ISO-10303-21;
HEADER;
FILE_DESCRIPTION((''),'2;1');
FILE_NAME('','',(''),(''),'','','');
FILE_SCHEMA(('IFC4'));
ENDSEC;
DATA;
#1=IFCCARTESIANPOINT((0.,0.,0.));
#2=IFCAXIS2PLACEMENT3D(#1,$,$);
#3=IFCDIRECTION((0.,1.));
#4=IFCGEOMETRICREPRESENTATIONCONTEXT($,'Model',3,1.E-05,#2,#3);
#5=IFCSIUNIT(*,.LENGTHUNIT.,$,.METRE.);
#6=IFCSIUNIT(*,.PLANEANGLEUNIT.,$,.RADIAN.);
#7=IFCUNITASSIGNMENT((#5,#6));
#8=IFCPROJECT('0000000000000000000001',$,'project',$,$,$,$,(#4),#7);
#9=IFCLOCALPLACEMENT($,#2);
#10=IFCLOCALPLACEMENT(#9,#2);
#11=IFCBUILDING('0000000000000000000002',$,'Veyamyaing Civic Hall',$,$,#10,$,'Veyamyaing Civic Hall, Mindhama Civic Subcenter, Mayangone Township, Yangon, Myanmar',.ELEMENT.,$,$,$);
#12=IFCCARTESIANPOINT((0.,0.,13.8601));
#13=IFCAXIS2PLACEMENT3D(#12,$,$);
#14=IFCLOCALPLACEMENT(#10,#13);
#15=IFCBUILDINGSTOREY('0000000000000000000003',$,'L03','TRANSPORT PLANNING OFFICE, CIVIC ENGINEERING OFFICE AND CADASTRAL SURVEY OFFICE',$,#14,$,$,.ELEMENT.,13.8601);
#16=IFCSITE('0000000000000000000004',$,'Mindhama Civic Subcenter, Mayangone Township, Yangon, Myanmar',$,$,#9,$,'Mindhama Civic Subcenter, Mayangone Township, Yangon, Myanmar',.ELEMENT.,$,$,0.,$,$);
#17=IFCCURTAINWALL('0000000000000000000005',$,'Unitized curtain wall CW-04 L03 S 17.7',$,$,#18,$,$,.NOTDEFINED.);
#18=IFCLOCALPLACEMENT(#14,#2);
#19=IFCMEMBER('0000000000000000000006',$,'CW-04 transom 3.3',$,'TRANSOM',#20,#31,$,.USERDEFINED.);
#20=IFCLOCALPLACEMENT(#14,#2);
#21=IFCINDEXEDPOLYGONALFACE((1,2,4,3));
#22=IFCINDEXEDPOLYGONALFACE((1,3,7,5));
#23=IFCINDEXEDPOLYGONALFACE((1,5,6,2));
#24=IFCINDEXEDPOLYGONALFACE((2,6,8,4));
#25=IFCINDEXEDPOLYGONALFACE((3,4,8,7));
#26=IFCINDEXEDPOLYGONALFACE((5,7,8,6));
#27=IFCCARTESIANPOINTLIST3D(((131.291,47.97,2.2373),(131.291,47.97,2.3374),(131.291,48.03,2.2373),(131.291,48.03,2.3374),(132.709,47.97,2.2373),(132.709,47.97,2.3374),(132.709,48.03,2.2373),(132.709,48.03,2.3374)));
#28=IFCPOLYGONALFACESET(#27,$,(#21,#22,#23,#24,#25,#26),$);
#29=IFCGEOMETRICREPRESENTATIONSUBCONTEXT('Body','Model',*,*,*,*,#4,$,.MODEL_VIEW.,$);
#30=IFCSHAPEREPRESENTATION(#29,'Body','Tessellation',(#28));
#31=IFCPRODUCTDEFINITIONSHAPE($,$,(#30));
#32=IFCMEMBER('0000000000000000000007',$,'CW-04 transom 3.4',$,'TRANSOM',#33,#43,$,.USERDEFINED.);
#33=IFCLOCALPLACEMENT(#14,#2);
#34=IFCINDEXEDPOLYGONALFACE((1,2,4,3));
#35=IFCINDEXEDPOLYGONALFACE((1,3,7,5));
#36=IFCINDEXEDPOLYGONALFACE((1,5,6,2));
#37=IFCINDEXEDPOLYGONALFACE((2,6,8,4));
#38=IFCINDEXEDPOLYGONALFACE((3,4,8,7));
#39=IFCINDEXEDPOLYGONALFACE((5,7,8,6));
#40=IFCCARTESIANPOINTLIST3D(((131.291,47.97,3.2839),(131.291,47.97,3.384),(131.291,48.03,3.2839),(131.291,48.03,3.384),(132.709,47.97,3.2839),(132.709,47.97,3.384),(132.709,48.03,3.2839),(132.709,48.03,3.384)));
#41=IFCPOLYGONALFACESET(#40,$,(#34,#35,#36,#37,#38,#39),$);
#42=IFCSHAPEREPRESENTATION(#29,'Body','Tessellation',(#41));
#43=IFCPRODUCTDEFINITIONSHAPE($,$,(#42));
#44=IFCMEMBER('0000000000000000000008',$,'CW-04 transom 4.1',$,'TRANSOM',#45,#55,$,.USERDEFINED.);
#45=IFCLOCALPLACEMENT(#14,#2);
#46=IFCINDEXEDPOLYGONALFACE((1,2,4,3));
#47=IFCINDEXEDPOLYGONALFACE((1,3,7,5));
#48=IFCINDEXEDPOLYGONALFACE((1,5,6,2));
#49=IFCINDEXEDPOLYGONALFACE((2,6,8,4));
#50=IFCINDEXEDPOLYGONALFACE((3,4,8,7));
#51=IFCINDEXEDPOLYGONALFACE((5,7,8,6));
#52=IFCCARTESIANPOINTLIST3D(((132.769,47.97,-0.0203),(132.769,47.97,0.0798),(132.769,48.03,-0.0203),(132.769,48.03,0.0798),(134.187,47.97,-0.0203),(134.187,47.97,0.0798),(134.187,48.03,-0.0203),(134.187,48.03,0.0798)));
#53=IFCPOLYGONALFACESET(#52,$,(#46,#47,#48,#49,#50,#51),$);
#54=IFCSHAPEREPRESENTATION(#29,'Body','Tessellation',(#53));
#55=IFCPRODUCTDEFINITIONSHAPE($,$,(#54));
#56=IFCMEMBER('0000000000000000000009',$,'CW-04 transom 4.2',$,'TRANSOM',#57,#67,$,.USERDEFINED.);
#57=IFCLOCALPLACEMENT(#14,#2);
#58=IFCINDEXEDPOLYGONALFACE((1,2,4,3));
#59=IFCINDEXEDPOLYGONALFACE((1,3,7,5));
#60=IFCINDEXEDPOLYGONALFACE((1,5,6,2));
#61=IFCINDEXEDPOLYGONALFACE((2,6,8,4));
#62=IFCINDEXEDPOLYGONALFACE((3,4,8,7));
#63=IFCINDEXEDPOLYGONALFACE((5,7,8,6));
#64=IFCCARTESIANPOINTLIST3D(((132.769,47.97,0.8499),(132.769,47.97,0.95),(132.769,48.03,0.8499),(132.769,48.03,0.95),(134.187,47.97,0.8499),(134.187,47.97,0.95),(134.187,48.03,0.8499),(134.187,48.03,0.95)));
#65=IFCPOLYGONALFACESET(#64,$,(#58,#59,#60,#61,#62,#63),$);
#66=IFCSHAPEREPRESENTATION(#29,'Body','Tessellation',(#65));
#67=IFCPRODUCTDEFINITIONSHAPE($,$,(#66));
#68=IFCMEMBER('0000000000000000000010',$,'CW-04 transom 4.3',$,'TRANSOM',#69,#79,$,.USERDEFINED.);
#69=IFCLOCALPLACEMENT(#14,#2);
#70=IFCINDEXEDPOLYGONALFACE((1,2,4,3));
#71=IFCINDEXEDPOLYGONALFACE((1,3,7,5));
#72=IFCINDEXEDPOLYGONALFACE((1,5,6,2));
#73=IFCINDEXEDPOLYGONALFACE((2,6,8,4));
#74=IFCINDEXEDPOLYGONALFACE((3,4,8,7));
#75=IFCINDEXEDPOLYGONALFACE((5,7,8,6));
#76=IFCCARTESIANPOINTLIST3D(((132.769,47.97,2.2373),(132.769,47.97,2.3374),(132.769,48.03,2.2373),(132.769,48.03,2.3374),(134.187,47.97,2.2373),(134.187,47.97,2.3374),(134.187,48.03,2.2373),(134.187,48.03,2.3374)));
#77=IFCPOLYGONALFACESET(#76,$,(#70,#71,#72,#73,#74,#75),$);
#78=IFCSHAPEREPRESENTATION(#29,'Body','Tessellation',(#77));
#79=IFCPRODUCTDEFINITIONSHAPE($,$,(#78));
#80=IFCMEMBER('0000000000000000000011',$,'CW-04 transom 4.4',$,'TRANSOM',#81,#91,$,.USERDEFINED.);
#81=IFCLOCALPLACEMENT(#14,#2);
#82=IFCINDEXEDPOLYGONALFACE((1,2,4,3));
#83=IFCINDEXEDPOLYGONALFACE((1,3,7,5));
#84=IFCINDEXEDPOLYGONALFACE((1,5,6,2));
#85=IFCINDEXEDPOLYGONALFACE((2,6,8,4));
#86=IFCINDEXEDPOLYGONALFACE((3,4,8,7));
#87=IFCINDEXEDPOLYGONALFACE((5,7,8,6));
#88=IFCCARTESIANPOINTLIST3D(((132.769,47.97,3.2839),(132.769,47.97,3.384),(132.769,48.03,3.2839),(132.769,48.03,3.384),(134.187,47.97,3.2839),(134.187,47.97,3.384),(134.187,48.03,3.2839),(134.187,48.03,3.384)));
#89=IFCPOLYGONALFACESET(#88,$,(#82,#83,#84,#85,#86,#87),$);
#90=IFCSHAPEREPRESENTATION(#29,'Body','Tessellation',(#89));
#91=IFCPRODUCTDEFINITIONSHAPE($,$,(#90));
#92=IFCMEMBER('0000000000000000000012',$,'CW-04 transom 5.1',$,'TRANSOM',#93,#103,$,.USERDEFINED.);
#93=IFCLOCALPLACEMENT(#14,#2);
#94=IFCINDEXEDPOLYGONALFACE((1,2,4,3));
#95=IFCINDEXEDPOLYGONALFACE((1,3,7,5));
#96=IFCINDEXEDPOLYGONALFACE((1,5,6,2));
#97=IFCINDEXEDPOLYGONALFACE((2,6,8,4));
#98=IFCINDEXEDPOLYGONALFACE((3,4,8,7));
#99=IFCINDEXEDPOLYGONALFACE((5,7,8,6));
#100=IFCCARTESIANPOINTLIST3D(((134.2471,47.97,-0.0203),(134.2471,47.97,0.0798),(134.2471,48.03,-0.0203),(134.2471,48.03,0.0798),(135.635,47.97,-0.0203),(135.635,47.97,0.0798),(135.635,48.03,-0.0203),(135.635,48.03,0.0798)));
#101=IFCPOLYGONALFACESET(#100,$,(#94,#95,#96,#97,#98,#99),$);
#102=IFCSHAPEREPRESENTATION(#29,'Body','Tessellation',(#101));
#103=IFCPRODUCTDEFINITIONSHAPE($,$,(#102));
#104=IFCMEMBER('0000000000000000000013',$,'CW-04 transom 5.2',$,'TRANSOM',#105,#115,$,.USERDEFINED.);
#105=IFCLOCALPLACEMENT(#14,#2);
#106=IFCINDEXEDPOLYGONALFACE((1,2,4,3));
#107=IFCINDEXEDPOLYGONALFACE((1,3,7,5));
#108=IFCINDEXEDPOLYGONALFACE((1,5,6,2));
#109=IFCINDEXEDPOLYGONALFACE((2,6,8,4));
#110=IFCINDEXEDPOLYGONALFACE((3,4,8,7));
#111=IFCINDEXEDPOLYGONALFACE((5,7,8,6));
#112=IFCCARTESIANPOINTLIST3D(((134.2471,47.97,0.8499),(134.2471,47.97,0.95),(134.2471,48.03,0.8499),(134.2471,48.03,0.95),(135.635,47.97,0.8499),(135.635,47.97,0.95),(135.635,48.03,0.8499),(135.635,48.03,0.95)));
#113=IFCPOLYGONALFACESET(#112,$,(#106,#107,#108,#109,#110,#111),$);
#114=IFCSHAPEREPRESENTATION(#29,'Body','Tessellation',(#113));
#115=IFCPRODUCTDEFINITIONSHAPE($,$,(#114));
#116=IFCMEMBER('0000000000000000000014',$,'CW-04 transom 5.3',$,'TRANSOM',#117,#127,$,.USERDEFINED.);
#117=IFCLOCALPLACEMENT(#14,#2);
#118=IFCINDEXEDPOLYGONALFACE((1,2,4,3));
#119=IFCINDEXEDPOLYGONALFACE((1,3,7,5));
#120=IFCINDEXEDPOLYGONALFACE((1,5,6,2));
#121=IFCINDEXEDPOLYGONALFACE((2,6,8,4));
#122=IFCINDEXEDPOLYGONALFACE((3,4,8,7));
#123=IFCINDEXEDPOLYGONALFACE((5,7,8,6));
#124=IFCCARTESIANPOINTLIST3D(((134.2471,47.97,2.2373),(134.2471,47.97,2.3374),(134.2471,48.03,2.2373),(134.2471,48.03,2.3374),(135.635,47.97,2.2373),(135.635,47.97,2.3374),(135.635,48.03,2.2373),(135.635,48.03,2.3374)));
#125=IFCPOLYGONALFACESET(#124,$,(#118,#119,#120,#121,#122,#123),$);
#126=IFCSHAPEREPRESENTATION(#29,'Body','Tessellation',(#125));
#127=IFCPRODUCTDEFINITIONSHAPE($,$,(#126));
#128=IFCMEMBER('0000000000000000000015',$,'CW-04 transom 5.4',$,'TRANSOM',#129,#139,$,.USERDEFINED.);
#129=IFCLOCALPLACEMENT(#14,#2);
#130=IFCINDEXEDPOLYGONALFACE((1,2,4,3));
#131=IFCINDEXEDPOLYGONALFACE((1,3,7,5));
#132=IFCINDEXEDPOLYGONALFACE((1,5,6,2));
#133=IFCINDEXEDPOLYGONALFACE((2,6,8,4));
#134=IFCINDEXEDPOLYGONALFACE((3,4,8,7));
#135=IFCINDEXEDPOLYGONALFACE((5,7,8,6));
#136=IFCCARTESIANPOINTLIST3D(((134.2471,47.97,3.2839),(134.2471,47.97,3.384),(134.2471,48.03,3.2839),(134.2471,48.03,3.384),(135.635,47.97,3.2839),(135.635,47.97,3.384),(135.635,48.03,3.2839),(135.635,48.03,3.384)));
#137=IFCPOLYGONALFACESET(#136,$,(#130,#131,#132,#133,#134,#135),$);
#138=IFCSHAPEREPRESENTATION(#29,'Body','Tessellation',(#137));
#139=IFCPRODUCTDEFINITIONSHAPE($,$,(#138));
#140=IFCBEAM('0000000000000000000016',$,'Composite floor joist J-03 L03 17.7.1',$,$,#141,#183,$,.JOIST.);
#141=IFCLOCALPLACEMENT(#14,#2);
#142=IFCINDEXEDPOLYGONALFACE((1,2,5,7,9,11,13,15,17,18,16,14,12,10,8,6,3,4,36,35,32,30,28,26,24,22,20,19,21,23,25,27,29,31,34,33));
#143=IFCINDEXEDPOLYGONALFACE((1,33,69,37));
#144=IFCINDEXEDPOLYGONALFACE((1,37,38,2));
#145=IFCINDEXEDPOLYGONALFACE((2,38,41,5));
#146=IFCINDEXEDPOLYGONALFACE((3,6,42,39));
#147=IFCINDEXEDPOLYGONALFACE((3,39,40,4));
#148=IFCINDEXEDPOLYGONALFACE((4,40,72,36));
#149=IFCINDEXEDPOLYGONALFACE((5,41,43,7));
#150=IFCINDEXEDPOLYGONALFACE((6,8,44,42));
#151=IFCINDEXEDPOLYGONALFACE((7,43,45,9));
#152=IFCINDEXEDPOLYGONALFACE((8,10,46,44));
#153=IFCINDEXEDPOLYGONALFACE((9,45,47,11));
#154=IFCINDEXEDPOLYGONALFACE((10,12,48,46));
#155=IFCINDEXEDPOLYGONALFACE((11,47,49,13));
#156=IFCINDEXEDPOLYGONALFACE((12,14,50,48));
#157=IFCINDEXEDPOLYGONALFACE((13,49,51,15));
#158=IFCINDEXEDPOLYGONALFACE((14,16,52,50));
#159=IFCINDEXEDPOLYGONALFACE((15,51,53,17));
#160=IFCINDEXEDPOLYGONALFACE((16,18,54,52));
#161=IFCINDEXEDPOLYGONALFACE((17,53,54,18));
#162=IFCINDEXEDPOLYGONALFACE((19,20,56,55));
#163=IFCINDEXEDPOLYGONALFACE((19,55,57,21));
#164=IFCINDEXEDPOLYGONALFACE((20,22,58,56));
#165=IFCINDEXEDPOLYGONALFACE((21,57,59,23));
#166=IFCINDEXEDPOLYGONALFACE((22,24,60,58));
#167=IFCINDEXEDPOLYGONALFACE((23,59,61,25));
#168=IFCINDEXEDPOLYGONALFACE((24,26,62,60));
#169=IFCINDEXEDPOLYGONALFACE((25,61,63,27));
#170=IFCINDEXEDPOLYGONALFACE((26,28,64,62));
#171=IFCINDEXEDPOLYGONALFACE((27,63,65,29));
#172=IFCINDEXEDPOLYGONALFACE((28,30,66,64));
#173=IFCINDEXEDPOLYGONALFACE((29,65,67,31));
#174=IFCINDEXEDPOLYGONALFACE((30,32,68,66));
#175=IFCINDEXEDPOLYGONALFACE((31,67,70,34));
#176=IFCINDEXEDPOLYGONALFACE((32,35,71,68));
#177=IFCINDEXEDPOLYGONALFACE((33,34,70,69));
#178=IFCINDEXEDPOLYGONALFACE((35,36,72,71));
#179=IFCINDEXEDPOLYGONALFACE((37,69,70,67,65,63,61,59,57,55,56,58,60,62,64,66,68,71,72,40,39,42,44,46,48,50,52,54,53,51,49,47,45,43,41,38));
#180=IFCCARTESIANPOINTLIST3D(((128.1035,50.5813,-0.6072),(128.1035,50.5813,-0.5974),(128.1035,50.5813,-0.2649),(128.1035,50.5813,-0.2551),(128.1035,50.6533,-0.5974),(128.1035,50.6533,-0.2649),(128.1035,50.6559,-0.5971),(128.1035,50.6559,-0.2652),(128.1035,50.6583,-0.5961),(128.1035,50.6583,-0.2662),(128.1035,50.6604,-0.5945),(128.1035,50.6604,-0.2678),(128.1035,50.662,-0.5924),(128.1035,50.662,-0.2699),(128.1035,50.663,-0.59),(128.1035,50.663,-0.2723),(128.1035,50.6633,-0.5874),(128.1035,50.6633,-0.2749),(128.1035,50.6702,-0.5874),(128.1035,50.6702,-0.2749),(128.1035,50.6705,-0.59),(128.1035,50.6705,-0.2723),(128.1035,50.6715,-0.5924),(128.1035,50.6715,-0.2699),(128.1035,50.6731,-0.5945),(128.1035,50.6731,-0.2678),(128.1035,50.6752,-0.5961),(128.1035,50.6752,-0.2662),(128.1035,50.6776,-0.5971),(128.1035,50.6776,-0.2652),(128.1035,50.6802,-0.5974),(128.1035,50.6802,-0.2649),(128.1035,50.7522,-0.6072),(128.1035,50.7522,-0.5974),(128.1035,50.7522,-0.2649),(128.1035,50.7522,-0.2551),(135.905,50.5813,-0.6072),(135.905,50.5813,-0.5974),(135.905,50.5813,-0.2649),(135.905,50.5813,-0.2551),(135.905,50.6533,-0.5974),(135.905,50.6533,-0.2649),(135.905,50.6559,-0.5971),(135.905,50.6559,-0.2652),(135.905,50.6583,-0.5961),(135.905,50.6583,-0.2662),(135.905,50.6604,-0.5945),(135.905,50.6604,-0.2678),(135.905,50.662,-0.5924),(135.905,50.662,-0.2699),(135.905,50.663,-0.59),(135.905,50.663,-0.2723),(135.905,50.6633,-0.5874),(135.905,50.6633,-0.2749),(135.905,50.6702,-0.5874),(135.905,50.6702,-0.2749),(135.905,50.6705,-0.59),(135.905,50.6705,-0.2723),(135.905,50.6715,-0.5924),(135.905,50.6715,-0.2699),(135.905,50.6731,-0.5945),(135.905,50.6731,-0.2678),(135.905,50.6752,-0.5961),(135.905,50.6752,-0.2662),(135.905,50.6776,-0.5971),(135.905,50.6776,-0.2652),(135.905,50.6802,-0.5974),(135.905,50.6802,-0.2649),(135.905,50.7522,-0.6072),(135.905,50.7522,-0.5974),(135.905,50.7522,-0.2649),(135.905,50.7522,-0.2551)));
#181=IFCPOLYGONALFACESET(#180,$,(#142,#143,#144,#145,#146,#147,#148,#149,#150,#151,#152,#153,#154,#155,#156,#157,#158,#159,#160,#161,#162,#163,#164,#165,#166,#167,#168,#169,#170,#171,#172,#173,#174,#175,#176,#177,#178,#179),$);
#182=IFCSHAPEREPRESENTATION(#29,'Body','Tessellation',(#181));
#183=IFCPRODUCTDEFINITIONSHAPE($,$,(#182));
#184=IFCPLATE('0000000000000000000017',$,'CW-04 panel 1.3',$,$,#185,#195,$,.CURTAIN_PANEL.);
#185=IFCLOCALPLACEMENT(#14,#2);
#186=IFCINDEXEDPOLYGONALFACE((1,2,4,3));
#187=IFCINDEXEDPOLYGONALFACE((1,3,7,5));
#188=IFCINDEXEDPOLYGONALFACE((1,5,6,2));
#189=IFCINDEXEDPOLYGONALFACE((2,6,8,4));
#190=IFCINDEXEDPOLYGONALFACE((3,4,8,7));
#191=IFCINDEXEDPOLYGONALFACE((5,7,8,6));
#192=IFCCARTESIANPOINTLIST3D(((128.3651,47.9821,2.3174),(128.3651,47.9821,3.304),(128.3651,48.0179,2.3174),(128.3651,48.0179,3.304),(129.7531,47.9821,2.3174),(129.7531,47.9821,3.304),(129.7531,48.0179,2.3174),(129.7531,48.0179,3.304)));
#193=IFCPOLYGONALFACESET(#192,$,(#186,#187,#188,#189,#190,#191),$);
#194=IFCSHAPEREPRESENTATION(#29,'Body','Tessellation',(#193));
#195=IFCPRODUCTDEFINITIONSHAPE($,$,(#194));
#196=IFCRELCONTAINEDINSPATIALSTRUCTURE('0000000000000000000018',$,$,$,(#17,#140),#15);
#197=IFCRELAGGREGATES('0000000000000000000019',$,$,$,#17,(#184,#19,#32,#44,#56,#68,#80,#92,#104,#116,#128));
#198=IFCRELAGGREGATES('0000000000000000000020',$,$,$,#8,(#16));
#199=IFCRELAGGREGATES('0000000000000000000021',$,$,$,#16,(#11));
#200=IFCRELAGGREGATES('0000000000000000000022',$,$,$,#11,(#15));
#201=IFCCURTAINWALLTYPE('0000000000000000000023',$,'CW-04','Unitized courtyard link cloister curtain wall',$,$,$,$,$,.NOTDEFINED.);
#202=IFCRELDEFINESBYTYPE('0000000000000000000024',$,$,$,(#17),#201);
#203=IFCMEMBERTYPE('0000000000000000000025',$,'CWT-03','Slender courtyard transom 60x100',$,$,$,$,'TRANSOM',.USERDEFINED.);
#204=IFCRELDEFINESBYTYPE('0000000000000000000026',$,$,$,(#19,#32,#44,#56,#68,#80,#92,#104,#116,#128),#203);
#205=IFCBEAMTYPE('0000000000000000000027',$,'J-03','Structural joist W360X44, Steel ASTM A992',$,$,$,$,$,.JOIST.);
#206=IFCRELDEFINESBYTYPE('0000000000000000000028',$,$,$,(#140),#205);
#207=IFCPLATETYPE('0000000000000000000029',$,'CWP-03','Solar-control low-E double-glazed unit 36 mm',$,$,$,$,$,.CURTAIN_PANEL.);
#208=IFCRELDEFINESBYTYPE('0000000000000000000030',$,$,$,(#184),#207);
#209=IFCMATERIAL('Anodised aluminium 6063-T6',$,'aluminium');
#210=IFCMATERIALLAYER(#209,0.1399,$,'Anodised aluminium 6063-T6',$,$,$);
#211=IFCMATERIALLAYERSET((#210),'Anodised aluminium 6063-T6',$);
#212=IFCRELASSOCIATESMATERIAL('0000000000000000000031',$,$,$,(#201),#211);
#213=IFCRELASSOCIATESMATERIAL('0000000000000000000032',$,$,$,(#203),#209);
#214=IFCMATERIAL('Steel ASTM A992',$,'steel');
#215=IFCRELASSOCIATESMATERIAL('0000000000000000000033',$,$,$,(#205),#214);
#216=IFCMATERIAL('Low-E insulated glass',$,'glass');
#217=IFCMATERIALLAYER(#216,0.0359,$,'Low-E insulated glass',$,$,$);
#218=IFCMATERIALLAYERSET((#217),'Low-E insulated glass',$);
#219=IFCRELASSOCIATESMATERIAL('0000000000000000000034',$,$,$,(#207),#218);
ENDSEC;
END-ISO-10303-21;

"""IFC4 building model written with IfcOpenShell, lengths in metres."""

from ifc_helpers import new_model, si_unit, direction, frame, origin, origin_2d, place, context, subcontext, project, spatial, rectangle, i_section, extrude, material, layer, layer_set, material_profile, profile_set, type_object, element, aggregate, save


model = new_model("IFC4")

# Units and contexts
model_context = context("Model", 3, precision=1e-05, world=origin(), true_north=direction((0.0, 1.0)))
body_context = subcontext(model_context, "Body", "Model", "MODEL_VIEW")
ifc_project = project(units=[si_unit("LENGTHUNIT", "METRE"), si_unit("PLANEANGLEUNIT", "RADIAN")], contexts=[model_context])

# Site, building, storey
site_placement = place(None, origin())
site = spatial("IfcSite", under=ifc_project, at=site_placement, Name="Mindhama Civic Subcenter, Mayangone Township, Yangon, Myanmar", LongName="Mindhama Civic Subcenter, Mayangone Township, Yangon, Myanmar", CompositionType="ELEMENT", RefElevation=0.0)
building_placement = place(site_placement, origin())
building = spatial("IfcBuilding", under=site, at=building_placement, Name="Veyamyaing Civic Hall", LongName="Veyamyaing Civic Hall, Mindhama Civic Subcenter, Mayangone Township, Yangon, Myanmar", CompositionType="ELEMENT")
storey_placement = place(building_placement, frame((0.0, 0.0, 13.8601)))
storey = spatial("IfcBuildingStorey", under=building, at=storey_placement, Name="L03", Description="TRANSPORT PLANNING OFFICE, CIVIC ENGINEERING OFFICE AND CADASTRAL SURVEY OFFICE", CompositionType="ELEMENT", Elevation=13.8601)

# Shared definitions
ifc_material_1 = material(Name="Steel ASTM A992", Category="steel")

# Curtain wall, members
ifc_material_2 = material(Name="Anodised aluminium 6063-T6", Category="aluminium")
ifc_layer_1 = layer(ifc_material_2, 0.1399, Name="Anodised aluminium 6063-T6")
ifc_layer_set_1 = layer_set([ifc_layer_1], Name="Anodised aluminium 6063-T6")
curtain_wall_type = type_object("IfcCurtainWallType", Name="CW-04", Description="Unitized courtyard link cloister curtain wall", PredefinedType="NOTDEFINED", material=ifc_layer_set_1)
curtain_wall_placement = place(storey_placement, origin())
curtain_wall = element("IfcCurtainWall", 1, at=curtain_wall_placement, inside=storey, type_object=curtain_wall_type, Name="Unitized curtain wall CW-04 L03 S 17.7", PredefinedType="NOTDEFINED")
ifc_material_profile_1 = material_profile(ifc_material_2, rectangle(XDim=0.0601, YDim=0.1001, at=origin_2d()), Name="ALU-TRN-60X100")
ifc_profile_set_1 = profile_set([ifc_material_profile_1], Name="Anodised aluminium 6063-T6")
member_type_1 = type_object("IfcMemberType", Name="CWT-03", Description="Slender courtyard transom 60x100", ElementType="TRANSOM", PredefinedType="USERDEFINED", material=ifc_profile_set_1)
member_1_placement = place(storey_placement, frame((131.291, 48.0, 2.2874), z_axis=(1.0, 0.0, 0.0), x_axis=(0.0, 1.0, 0.0)))
member_1 = element("IfcMember", 2, at=member_1_placement, type_object=member_type_1, Name="CW-04 transom 3.3", ObjectType="TRANSOM", PredefinedType="USERDEFINED", context=body_context, shape_type="SweptSolid", body=[
    extrude(rectangle(XDim=0.0601, YDim=0.1001, at=origin_2d()), origin(), (0.0, 0.0, 1.0), 1.418),
])
member_2_placement = place(storey_placement, frame((131.291, 48.0, 3.334), z_axis=(1.0, 0.0, 0.0), x_axis=(0.0, 1.0, 0.0)))
member_2 = element("IfcMember", 3, at=member_2_placement, type_object=member_type_1, Name="CW-04 transom 3.4", ObjectType="TRANSOM", PredefinedType="USERDEFINED", context=body_context, shape_type="SweptSolid", body=[
    extrude(rectangle(XDim=0.0601, YDim=0.1001, at=origin_2d()), origin(), (0.0, 0.0, 1.0), 1.418),
])
member_3_placement = place(storey_placement, frame((132.769, 48.0, 0.0298), z_axis=(1.0, 0.0, 0.0), x_axis=(0.0, 1.0, 0.0)))
member_3 = element("IfcMember", 4, at=member_3_placement, type_object=member_type_1, Name="CW-04 transom 4.1", ObjectType="TRANSOM", PredefinedType="USERDEFINED", context=body_context, shape_type="SweptSolid", body=[
    extrude(rectangle(XDim=0.0601, YDim=0.1001, at=origin_2d()), origin(), (0.0, 0.0, 1.0), 1.418),
])
member_4_placement = place(storey_placement, frame((132.769, 48.0, 0.8999), z_axis=(1.0, 0.0, 0.0), x_axis=(0.0, 1.0, 0.0)))
member_4 = element("IfcMember", 5, at=member_4_placement, type_object=member_type_1, Name="CW-04 transom 4.2", ObjectType="TRANSOM", PredefinedType="USERDEFINED", context=body_context, shape_type="SweptSolid", body=[
    extrude(rectangle(XDim=0.0601, YDim=0.1001, at=origin_2d()), origin(), (0.0, 0.0, 1.0), 1.418),
])
member_5_placement = place(storey_placement, frame((132.769, 48.0, 2.2874), z_axis=(1.0, 0.0, 0.0), x_axis=(0.0, 1.0, 0.0)))
member_5 = element("IfcMember", 6, at=member_5_placement, type_object=member_type_1, Name="CW-04 transom 4.3", ObjectType="TRANSOM", PredefinedType="USERDEFINED", context=body_context, shape_type="SweptSolid", body=[
    extrude(rectangle(XDim=0.0601, YDim=0.1001, at=origin_2d()), origin(), (0.0, 0.0, 1.0), 1.418),
])
member_6_placement = place(storey_placement, frame((132.769, 48.0, 3.334), z_axis=(1.0, 0.0, 0.0), x_axis=(0.0, 1.0, 0.0)))
member_6 = element("IfcMember", 7, at=member_6_placement, type_object=member_type_1, Name="CW-04 transom 4.4", ObjectType="TRANSOM", PredefinedType="USERDEFINED", context=body_context, shape_type="SweptSolid", body=[
    extrude(rectangle(XDim=0.0601, YDim=0.1001, at=origin_2d()), origin(), (0.0, 0.0, 1.0), 1.418),
])
member_7_placement = place(storey_placement, frame((134.2471, 48.0, 0.0298), z_axis=(1.0, 0.0, 0.0), x_axis=(0.0, 1.0, 0.0)))
member_7 = element("IfcMember", 8, at=member_7_placement, type_object=member_type_1, Name="CW-04 transom 5.1", ObjectType="TRANSOM", PredefinedType="USERDEFINED", context=body_context, shape_type="SweptSolid", body=[
    extrude(rectangle(XDim=0.0601, YDim=0.1001, at=origin_2d()), origin(), (0.0, 0.0, 1.0), 1.3879),
])
member_8_placement = place(storey_placement, frame((134.2471, 48.0, 0.8999), z_axis=(1.0, 0.0, 0.0), x_axis=(0.0, 1.0, 0.0)))
member_8 = element("IfcMember", 9, at=member_8_placement, type_object=member_type_1, Name="CW-04 transom 5.2", ObjectType="TRANSOM", PredefinedType="USERDEFINED", context=body_context, shape_type="SweptSolid", body=[
    extrude(rectangle(XDim=0.0601, YDim=0.1001, at=origin_2d()), origin(), (0.0, 0.0, 1.0), 1.3879),
])
member_9_placement = place(storey_placement, frame((134.2471, 48.0, 2.2874), z_axis=(1.0, 0.0, 0.0), x_axis=(0.0, 1.0, 0.0)))
member_9 = element("IfcMember", 10, at=member_9_placement, type_object=member_type_1, Name="CW-04 transom 5.3", ObjectType="TRANSOM", PredefinedType="USERDEFINED", context=body_context, shape_type="SweptSolid", body=[
    extrude(rectangle(XDim=0.0601, YDim=0.1001, at=origin_2d()), origin(), (0.0, 0.0, 1.0), 1.3879),
])
member_10_placement = place(storey_placement, frame((134.2471, 48.0, 3.334), z_axis=(1.0, 0.0, 0.0), x_axis=(0.0, 1.0, 0.0)))
member_10 = element("IfcMember", 11, at=member_10_placement, type_object=member_type_1, Name="CW-04 transom 5.4", ObjectType="TRANSOM", PredefinedType="USERDEFINED", context=body_context, shape_type="SweptSolid", body=[
    extrude(rectangle(XDim=0.0601, YDim=0.1001, at=origin_2d()), origin(), (0.0, 0.0, 1.0), 1.3879),
])

# Beam
ifc_material_profile_2 = material_profile(ifc_material_1, i_section(OverallWidth=0.1709, OverallDepth=0.3521, WebThickness=0.0068, FlangeThickness=0.0098, FilletRadius=0.01, at=origin_2d()), Name="W360X44")
ifc_profile_set_2 = profile_set([ifc_material_profile_2], Name="Steel ASTM A992")
beam_type_1 = type_object("IfcBeamType", Name="J-03", Description="Structural joist W360X44, Steel ASTM A992", PredefinedType="JOIST", material=ifc_profile_set_2)
beam_1_placement = place(storey_placement, frame((128.1035, 50.6667, -0.4312), z_axis=(1.0, 0.0, 0.0), x_axis=(0.0, 1.0, 0.0)))
element("IfcBeam", 12, at=beam_1_placement, inside=storey, type_object=beam_type_1, Name="Composite floor joist J-03 L03 17.7.1", PredefinedType="JOIST", context=body_context, shape_type="SweptSolid", body=[
    extrude(i_section(OverallWidth=0.1709, OverallDepth=0.3521, WebThickness=0.0068, FlangeThickness=0.0098, FilletRadius=0.01, at=origin_2d()), origin(), (0.0, 0.0, 1.0), 7.8015),
])

# Plate
ifc_material_3 = material(Name="Low-E insulated glass", Category="glass")
ifc_layer_2 = layer(ifc_material_3, 0.0359, Name="Low-E insulated glass")
ifc_layer_set_2 = layer_set([ifc_layer_2], Name="Low-E insulated glass")
plate_type = type_object("IfcPlateType", Name="CWP-03", Description="Solar-control low-E double-glazed unit 36 mm", PredefinedType="CURTAIN_PANEL", material=ifc_layer_set_2)
plate_1_placement = place(storey_placement, frame((129.0591, 48.0, 2.3174), z_axis=(0.0, 0.0, 1.0), x_axis=(1.0, 0.0, 0.0)))
plate_1 = element("IfcPlate", 13, at=plate_1_placement, type_object=plate_type, Name="CW-04 panel 1.3", PredefinedType="CURTAIN_PANEL", context=body_context, shape_type="SweptSolid", body=[
    extrude(rectangle(XDim=1.3879, YDim=0.0359, at=origin_2d()), origin(), (0.0, 0.0, 1.0), 0.9866),
])
aggregate(curtain_wall, [plate_1, member_1, member_2, member_3, member_4, member_5, member_6, member_7, member_8, member_9, member_10])

save(model, "model.ifc")
